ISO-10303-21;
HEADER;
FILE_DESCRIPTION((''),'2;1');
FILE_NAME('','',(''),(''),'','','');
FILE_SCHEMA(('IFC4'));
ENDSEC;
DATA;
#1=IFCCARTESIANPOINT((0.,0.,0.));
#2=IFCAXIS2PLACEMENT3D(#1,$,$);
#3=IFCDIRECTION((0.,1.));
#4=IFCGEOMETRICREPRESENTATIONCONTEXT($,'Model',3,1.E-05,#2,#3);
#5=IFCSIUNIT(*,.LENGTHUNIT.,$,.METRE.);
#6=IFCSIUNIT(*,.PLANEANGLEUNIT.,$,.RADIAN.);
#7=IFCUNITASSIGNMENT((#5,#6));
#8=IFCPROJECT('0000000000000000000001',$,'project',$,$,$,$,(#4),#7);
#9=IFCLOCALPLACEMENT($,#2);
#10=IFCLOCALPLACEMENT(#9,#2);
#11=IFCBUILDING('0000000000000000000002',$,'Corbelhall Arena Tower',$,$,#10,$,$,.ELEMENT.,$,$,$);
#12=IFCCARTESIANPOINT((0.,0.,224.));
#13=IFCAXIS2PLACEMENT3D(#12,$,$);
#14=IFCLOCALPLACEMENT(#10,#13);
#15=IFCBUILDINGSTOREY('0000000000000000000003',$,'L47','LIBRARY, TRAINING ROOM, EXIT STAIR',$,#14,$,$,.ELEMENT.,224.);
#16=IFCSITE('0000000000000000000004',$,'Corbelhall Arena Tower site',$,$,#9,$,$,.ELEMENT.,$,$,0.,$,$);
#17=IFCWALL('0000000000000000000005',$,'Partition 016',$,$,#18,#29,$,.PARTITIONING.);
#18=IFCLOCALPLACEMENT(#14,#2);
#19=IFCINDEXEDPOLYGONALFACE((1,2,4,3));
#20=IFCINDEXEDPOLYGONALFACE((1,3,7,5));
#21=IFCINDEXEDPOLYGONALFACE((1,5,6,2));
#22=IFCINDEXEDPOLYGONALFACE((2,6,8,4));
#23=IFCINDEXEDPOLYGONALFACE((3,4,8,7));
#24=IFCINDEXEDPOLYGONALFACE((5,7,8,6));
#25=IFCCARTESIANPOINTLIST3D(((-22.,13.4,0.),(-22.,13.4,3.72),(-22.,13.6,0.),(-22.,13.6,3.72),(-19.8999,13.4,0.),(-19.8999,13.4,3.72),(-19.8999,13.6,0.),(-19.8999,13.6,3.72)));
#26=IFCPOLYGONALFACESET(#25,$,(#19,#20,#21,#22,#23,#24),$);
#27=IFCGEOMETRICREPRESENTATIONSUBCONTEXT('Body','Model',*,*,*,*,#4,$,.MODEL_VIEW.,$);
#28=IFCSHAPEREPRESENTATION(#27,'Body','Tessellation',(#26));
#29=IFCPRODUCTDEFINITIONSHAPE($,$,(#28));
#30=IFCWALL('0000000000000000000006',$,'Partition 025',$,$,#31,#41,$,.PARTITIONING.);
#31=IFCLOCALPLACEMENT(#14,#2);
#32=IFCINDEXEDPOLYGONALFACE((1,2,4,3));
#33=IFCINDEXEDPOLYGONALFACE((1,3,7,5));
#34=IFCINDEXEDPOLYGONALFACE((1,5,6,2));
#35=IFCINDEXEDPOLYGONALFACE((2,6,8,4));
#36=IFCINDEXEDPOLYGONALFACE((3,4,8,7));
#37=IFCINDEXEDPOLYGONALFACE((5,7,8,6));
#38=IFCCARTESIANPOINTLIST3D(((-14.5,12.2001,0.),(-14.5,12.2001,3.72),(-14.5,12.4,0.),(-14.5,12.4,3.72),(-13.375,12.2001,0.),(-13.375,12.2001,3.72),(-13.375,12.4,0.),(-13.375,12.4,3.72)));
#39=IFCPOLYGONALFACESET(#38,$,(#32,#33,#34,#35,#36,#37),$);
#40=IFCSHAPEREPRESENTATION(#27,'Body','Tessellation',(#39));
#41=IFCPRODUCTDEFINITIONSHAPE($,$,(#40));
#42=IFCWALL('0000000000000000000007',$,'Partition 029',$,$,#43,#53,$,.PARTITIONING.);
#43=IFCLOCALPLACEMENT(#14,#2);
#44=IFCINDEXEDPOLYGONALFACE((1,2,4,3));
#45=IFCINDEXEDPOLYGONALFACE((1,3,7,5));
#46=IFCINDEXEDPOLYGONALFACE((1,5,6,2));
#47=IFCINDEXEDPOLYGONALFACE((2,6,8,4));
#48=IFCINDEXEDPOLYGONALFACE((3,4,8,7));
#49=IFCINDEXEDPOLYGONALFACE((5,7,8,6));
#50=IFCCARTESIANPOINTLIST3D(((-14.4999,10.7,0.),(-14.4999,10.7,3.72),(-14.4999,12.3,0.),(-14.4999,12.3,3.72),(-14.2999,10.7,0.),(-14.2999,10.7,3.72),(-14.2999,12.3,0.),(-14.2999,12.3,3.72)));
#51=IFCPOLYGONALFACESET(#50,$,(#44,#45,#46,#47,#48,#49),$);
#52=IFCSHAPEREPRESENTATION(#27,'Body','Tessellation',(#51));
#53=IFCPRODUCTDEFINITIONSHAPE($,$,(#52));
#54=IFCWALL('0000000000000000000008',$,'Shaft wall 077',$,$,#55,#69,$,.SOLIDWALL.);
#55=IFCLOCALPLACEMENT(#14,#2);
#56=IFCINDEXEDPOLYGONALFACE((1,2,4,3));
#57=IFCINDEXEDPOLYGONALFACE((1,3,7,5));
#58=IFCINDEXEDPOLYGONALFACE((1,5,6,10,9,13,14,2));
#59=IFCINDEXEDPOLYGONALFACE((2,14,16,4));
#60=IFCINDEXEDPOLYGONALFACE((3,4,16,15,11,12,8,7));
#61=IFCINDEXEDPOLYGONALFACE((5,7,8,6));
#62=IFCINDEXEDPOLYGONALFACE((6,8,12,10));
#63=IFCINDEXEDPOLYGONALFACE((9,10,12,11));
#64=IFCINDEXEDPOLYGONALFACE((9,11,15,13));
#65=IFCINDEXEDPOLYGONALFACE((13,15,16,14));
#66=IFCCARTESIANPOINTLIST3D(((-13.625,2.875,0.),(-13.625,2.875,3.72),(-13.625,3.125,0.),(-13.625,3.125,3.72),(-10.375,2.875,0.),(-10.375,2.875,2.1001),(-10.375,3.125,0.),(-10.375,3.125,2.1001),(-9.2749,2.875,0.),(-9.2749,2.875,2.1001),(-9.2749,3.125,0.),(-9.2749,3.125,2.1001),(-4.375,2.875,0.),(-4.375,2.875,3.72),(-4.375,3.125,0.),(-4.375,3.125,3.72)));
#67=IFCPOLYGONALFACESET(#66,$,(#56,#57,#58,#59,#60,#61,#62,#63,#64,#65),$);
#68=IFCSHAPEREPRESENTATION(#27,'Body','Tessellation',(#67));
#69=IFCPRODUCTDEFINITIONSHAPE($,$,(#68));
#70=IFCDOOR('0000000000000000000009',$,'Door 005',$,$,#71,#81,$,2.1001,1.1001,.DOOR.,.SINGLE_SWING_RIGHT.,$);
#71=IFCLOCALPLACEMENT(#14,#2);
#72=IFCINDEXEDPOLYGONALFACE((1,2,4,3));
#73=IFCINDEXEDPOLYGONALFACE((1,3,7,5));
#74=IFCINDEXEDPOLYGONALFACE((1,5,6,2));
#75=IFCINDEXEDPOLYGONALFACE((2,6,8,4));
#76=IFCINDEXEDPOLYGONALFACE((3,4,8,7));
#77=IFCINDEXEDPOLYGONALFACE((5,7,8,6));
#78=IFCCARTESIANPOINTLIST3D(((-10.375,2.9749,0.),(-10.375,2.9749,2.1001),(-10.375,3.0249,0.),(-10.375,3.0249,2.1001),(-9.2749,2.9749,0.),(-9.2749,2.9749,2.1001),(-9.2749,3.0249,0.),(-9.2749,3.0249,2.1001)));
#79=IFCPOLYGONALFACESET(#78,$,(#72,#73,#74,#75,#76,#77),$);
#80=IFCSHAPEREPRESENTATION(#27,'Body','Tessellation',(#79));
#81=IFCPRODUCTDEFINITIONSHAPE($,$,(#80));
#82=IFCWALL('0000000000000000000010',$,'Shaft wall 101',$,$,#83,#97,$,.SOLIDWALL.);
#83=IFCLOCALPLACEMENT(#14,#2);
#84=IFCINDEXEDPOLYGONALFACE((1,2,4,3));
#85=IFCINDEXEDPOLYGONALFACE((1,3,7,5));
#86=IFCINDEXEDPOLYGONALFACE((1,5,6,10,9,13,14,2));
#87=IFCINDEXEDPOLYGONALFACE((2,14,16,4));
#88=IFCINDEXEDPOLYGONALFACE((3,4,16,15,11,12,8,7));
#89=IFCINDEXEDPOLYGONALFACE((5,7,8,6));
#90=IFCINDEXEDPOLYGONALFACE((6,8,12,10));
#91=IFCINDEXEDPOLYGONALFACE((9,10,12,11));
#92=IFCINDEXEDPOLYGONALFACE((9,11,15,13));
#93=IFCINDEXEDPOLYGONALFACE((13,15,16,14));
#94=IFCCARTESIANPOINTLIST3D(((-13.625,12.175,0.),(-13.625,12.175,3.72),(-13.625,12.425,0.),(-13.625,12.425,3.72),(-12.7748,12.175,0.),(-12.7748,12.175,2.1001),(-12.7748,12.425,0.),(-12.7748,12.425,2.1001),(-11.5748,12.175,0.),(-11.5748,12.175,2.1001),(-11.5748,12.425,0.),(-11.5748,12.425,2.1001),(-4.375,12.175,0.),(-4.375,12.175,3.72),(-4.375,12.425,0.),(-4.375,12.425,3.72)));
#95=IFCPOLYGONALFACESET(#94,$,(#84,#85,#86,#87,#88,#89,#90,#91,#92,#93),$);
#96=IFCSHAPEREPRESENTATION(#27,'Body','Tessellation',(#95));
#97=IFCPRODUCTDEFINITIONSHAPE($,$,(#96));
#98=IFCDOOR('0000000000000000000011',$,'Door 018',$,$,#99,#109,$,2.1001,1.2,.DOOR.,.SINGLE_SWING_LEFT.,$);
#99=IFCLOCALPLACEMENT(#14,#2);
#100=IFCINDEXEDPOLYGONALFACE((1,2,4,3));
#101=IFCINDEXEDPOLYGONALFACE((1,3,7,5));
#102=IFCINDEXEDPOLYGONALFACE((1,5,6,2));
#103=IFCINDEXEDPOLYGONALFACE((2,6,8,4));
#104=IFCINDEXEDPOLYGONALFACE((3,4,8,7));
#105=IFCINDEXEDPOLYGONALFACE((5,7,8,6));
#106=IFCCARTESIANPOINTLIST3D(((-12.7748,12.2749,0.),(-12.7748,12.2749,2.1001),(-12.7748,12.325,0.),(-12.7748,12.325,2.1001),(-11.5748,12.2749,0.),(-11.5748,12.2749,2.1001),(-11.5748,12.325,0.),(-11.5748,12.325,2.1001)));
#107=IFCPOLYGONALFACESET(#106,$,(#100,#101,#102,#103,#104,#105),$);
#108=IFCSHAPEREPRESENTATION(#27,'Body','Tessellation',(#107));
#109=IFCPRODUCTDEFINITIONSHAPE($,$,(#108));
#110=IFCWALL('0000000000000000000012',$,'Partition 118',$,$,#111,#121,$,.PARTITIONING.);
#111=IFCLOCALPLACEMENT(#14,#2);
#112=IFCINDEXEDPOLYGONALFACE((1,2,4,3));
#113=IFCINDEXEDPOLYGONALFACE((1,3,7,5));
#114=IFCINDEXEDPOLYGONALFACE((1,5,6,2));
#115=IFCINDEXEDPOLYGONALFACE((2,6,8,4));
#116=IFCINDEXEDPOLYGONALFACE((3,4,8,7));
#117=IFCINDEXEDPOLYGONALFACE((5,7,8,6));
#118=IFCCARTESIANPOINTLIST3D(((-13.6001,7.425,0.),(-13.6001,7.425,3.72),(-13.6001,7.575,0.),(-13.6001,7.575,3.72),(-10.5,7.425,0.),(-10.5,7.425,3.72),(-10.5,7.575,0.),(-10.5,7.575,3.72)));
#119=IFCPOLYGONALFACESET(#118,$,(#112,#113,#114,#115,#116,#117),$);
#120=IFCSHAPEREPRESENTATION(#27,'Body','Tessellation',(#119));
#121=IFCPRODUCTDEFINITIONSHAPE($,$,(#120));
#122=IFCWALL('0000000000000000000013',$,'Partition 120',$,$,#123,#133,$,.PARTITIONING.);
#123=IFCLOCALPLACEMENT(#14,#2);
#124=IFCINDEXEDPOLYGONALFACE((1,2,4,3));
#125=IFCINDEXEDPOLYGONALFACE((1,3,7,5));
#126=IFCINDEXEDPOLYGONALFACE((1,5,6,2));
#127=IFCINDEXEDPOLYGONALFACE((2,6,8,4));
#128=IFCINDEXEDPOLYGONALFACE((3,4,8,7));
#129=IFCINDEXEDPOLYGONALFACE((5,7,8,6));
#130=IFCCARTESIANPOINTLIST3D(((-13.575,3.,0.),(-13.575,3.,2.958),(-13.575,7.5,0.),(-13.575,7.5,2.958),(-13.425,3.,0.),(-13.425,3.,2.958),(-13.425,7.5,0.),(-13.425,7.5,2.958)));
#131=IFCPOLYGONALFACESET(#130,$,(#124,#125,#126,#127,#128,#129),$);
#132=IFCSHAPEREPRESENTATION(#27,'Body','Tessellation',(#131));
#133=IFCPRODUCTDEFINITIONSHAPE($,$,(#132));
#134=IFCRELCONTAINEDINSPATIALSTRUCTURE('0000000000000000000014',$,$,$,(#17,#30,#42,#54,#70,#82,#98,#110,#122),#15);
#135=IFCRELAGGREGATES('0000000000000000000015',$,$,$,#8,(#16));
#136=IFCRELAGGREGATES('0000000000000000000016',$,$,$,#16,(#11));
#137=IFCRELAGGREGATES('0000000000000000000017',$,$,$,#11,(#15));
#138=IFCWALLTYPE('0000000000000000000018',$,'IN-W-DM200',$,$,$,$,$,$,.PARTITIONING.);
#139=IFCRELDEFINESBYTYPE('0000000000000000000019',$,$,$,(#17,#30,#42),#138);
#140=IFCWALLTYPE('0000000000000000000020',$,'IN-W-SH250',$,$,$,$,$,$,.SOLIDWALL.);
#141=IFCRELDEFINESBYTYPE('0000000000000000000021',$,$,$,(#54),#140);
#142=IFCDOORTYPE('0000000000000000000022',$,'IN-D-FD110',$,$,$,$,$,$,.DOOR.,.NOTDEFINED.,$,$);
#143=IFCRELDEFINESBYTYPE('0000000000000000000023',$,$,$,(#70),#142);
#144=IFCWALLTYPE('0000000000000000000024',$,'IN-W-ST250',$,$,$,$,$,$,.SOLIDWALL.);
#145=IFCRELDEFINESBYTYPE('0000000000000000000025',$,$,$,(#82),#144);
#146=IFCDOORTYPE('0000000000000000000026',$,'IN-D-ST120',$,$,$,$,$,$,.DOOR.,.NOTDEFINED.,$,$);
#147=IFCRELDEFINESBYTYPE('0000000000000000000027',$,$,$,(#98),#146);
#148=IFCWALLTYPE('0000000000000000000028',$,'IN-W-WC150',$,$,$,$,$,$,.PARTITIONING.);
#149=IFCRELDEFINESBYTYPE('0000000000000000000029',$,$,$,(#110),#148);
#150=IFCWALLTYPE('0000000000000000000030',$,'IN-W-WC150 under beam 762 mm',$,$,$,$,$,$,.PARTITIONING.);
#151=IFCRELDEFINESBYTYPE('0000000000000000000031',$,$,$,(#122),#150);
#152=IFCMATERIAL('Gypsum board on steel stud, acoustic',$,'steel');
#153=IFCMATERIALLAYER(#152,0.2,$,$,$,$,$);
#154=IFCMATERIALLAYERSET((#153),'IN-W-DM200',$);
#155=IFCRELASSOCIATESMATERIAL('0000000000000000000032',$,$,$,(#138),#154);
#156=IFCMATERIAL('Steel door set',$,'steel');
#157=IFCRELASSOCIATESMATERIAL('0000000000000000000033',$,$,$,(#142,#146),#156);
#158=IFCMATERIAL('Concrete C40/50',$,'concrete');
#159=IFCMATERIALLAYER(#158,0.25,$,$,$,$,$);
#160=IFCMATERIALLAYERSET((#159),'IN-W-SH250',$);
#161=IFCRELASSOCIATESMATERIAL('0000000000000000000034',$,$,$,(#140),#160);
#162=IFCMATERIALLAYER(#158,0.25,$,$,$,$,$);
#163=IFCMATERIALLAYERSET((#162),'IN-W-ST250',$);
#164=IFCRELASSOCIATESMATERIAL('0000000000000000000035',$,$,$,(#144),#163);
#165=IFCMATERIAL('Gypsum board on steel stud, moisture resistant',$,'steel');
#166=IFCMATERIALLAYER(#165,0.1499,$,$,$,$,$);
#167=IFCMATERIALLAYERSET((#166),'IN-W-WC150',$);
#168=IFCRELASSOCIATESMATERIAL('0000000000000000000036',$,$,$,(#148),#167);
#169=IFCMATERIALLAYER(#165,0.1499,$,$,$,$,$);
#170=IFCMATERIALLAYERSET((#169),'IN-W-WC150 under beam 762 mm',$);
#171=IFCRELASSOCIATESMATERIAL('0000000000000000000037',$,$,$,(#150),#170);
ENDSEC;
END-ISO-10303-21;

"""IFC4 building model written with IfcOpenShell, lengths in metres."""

from ifc_helpers import new_model, si_unit, direction, frame, frame_2d, origin, place, context, subcontext, project, spatial, rectangle, extrude, material, layer, layer_set, type_object, element, fill, save


model = new_model("IFC4")

# Units and contexts
model_context = context("Model", 3, precision=1e-05, world=origin(), true_north=direction((0.0, 1.0)))
body_context = subcontext(model_context, "Body", "Model", "MODEL_VIEW")
ifc_project = project(units=[si_unit("LENGTHUNIT", "METRE"), si_unit("PLANEANGLEUNIT", "RADIAN")], contexts=[model_context])

# Site, building, storey
site_placement = place(None, origin())
site = spatial("IfcSite", under=ifc_project, at=site_placement, Name="Corbelhall Arena Tower site", CompositionType="ELEMENT", RefElevation=0.0)
building_placement = place(site_placement, origin())
building = spatial("IfcBuilding", under=site, at=building_placement, Name="Corbelhall Arena Tower", CompositionType="ELEMENT")
storey_placement = place(building_placement, frame((0.0, 0.0, 224.0)))
storey = spatial("IfcBuildingStorey", under=building, at=storey_placement, Name="L47", Description="LIBRARY, TRAINING ROOM, EXIT STAIR", CompositionType="ELEMENT", Elevation=224.0)

# Shared definitions
ifc_material_1 = material(Name="Gypsum board on steel stud, acoustic", Category="steel")
ifc_layer_1 = layer(ifc_material_1, 0.2)
ifc_layer_set_1 = layer_set([ifc_layer_1], Name="IN-W-DM200")
wall_type_1 = type_object("IfcWallType", Name="IN-W-DM200", PredefinedType="PARTITIONING", material=ifc_layer_set_1)
ifc_material_2 = material(Name="Steel door set", Category="steel")

# Wall
wall_1_placement = place(storey_placement, frame((-19.8999, 13.5, 0.0), z_axis=(0.0, 0.0, 1.0), x_axis=(-1.0, 0.0, 0.0)))
element("IfcWall", 1, at=wall_1_placement, inside=storey, type_object=wall_type_1, Name="Partition 016", PredefinedType="PARTITIONING", context=body_context, shape_type="SweptSolid", body=[
    extrude(rectangle(XDim=2.1001, YDim=0.2, at=frame_2d((1.05, 0.0))), origin(), (0.0, 0.0, 1.0), 3.72),
])

# Walls
wall_2_placement = place(storey_placement, frame((-14.5, 12.3, 0.0), z_axis=(0.0, 0.0, 1.0), x_axis=(1.0, 0.0, 0.0)))
element("IfcWall", 2, at=wall_2_placement, inside=storey, type_object=wall_type_1, Name="Partition 025", PredefinedType="PARTITIONING", context=body_context, shape_type="SweptSolid", body=[
    extrude(rectangle(XDim=1.125, YDim=0.2, at=frame_2d((0.5625, 0.0))), origin(), (0.0, 0.0, 1.0), 3.72),
])
wall_3_placement = place(storey_placement, frame((-14.3999, 10.7, 0.0), z_axis=(0.0, 0.0, 1.0), x_axis=(0.0, 1.0, 0.0)))
element("IfcWall", 3, at=wall_3_placement, inside=storey, type_object=wall_type_1, Name="Partition 029", PredefinedType="PARTITIONING", context=body_context, shape_type="SweptSolid", body=[
    extrude(rectangle(XDim=1.6001, YDim=0.2, at=frame_2d((0.8, 0.0))), origin(), (0.0, 0.0, 1.0), 3.72),
])

# Walls, openings, doors
door_type_1 = type_object("IfcDoorType", Name="IN-D-FD110", OperationType="NOTDEFINED", PredefinedType="DOOR", material=ifc_material_2)
ifc_material_3 = material(Name="Concrete C40/50", Category="concrete")
ifc_layer_2 = layer(ifc_material_3, 0.25)
ifc_layer_set_2 = layer_set([ifc_layer_2], Name="IN-W-SH250")
wall_type_2 = type_object("IfcWallType", Name="IN-W-SH250", PredefinedType="SOLIDWALL", material=ifc_layer_set_2)
wall_4_placement = place(storey_placement, frame((-13.625, 3.0, 0.0), z_axis=(0.0, 0.0, 1.0), x_axis=(1.0, 0.0, 0.0)))
wall_4 = element("IfcWall", 4, at=wall_4_placement, inside=storey, type_object=wall_type_2, Name="Shaft wall 077", PredefinedType="SOLIDWALL", context=body_context, shape_type="SweptSolid", body=[
    extrude(rectangle(XDim=9.25, YDim=0.25, at=frame_2d((4.625, 0.0))), origin(), (0.0, 0.0, 1.0), 3.72),
])
opening_1_placement = place(wall_4_placement, frame((3.25, 0.0, 0.0)))
opening_1 = element("IfcOpeningElement", 5, at=opening_1_placement, cuts=wall_4, PredefinedType="OPENING", context=body_context, shape_type="SweptSolid", body=[
    extrude(rectangle(XDim=1.1001, YDim=2.1001, at=frame_2d((0.55, 1.05))), frame((0.0, 0.125, 0.0), z_axis=(0.0, -1.0, 0.0), x_axis=(1.0, 0.0, 0.0)), (0.0, 0.0, 1.0), 0.25),
])
door_1_placement = place(opening_1_placement, origin())
door_1 = element("IfcDoor", 6, at=door_1_placement, inside=storey, type_object=door_type_1, Name="Door 005", OperationType="SINGLE_SWING_RIGHT", OverallHeight=2.1001, OverallWidth=1.1001, PredefinedType="DOOR", context=body_context, shape_type="SweptSolid", body=[
    extrude(rectangle(XDim=1.1001, YDim=2.1001, at=frame_2d((0.55, 1.05))), frame((0.0, 0.0249, 0.0), z_axis=(0.0, -1.0, 0.0), x_axis=(1.0, 0.0, 0.0)), (0.0, 0.0, 1.0), 0.05),
])
fill(opening_1, door_1)
ifc_layer_3 = layer(ifc_material_3, 0.25)
ifc_layer_set_3 = layer_set([ifc_layer_3], Name="IN-W-ST250")
wall_type_3 = type_object("IfcWallType", Name="IN-W-ST250", PredefinedType="SOLIDWALL", material=ifc_layer_set_3)
wall_5_placement = place(storey_placement, frame((-13.625, 12.3, 0.0), z_axis=(0.0, 0.0, 1.0), x_axis=(1.0, 0.0, 0.0)))
wall_5 = element("IfcWall", 7, at=wall_5_placement, inside=storey, type_object=wall_type_3, Name="Shaft wall 101", PredefinedType="SOLIDWALL", context=body_context, shape_type="SweptSolid", body=[
    extrude(rectangle(XDim=9.25, YDim=0.25, at=frame_2d((4.625, 0.0))), origin(), (0.0, 0.0, 1.0), 3.72),
])
opening_2_placement = place(wall_5_placement, frame((0.8501, 0.0, 0.0)))
opening_2 = element("IfcOpeningElement", 8, at=opening_2_placement, cuts=wall_5, PredefinedType="OPENING", context=body_context, shape_type="SweptSolid", body=[
    extrude(rectangle(XDim=1.2, YDim=2.1001, at=frame_2d((0.6001, 1.05))), frame((0.0, 0.125, 0.0), z_axis=(0.0, -1.0, 0.0), x_axis=(1.0, 0.0, 0.0)), (0.0, 0.0, 1.0), 0.25),
])
door_type_2 = type_object("IfcDoorType", Name="IN-D-ST120", OperationType="NOTDEFINED", PredefinedType="DOOR", material=ifc_material_2)
door_2_placement = place(opening_2_placement, origin())
door_2 = element("IfcDoor", 9, at=door_2_placement, inside=storey, type_object=door_type_2, Name="Door 018", OperationType="SINGLE_SWING_LEFT", OverallHeight=2.1001, OverallWidth=1.2, PredefinedType="DOOR", context=body_context, shape_type="SweptSolid", body=[
    extrude(rectangle(XDim=1.2, YDim=2.1001, at=frame_2d((0.6001, 1.05))), frame((0.0, 0.0249, 0.0), z_axis=(0.0, -1.0, 0.0), x_axis=(1.0, 0.0, 0.0)), (0.0, 0.0, 1.0), 0.05),
])
fill(opening_2, door_2)

# Walls
ifc_material_4 = material(Name="Gypsum board on steel stud, moisture resistant", Category="steel")
ifc_layer_4 = layer(ifc_material_4, 0.1499)
ifc_layer_set_4 = layer_set([ifc_layer_4], Name="IN-W-WC150")
wall_type_4 = type_object("IfcWallType", Name="IN-W-WC150", PredefinedType="PARTITIONING", material=ifc_layer_set_4)
wall_6_placement = place(storey_placement, frame((-13.6001, 7.5, 0.0), z_axis=(0.0, 0.0, 1.0), x_axis=(1.0, 0.0, 0.0)))
element("IfcWall", 10, at=wall_6_placement, inside=storey, type_object=wall_type_4, Name="Partition 118", PredefinedType="PARTITIONING", context=body_context, shape_type="SweptSolid", body=[
    extrude(rectangle(XDim=3.1001, YDim=0.1499, at=frame_2d((1.55, 0.0))), origin(), (0.0, 0.0, 1.0), 3.72),
])
ifc_layer_5 = layer(ifc_material_4, 0.1499)
ifc_layer_set_5 = layer_set([ifc_layer_5], Name="IN-W-WC150 under beam 762 mm")
wall_type_5 = type_object("IfcWallType", Name="IN-W-WC150 under beam 762 mm", PredefinedType="PARTITIONING", material=ifc_layer_set_5)
wall_7_placement = place(storey_placement, frame((-13.5, 3.0, 0.0), z_axis=(0.0, 0.0, 1.0), x_axis=(0.0, 1.0, 0.0)))
element("IfcWall", 11, at=wall_7_placement, inside=storey, type_object=wall_type_5, Name="Partition 120", PredefinedType="PARTITIONING", context=body_context, shape_type="SweptSolid", body=[
    extrude(rectangle(XDim=4.5, YDim=0.1499, at=frame_2d((2.25, 0.0))), origin(), (0.0, 0.0, 1.0), 2.958),
])

save(model, "model.ifc")
